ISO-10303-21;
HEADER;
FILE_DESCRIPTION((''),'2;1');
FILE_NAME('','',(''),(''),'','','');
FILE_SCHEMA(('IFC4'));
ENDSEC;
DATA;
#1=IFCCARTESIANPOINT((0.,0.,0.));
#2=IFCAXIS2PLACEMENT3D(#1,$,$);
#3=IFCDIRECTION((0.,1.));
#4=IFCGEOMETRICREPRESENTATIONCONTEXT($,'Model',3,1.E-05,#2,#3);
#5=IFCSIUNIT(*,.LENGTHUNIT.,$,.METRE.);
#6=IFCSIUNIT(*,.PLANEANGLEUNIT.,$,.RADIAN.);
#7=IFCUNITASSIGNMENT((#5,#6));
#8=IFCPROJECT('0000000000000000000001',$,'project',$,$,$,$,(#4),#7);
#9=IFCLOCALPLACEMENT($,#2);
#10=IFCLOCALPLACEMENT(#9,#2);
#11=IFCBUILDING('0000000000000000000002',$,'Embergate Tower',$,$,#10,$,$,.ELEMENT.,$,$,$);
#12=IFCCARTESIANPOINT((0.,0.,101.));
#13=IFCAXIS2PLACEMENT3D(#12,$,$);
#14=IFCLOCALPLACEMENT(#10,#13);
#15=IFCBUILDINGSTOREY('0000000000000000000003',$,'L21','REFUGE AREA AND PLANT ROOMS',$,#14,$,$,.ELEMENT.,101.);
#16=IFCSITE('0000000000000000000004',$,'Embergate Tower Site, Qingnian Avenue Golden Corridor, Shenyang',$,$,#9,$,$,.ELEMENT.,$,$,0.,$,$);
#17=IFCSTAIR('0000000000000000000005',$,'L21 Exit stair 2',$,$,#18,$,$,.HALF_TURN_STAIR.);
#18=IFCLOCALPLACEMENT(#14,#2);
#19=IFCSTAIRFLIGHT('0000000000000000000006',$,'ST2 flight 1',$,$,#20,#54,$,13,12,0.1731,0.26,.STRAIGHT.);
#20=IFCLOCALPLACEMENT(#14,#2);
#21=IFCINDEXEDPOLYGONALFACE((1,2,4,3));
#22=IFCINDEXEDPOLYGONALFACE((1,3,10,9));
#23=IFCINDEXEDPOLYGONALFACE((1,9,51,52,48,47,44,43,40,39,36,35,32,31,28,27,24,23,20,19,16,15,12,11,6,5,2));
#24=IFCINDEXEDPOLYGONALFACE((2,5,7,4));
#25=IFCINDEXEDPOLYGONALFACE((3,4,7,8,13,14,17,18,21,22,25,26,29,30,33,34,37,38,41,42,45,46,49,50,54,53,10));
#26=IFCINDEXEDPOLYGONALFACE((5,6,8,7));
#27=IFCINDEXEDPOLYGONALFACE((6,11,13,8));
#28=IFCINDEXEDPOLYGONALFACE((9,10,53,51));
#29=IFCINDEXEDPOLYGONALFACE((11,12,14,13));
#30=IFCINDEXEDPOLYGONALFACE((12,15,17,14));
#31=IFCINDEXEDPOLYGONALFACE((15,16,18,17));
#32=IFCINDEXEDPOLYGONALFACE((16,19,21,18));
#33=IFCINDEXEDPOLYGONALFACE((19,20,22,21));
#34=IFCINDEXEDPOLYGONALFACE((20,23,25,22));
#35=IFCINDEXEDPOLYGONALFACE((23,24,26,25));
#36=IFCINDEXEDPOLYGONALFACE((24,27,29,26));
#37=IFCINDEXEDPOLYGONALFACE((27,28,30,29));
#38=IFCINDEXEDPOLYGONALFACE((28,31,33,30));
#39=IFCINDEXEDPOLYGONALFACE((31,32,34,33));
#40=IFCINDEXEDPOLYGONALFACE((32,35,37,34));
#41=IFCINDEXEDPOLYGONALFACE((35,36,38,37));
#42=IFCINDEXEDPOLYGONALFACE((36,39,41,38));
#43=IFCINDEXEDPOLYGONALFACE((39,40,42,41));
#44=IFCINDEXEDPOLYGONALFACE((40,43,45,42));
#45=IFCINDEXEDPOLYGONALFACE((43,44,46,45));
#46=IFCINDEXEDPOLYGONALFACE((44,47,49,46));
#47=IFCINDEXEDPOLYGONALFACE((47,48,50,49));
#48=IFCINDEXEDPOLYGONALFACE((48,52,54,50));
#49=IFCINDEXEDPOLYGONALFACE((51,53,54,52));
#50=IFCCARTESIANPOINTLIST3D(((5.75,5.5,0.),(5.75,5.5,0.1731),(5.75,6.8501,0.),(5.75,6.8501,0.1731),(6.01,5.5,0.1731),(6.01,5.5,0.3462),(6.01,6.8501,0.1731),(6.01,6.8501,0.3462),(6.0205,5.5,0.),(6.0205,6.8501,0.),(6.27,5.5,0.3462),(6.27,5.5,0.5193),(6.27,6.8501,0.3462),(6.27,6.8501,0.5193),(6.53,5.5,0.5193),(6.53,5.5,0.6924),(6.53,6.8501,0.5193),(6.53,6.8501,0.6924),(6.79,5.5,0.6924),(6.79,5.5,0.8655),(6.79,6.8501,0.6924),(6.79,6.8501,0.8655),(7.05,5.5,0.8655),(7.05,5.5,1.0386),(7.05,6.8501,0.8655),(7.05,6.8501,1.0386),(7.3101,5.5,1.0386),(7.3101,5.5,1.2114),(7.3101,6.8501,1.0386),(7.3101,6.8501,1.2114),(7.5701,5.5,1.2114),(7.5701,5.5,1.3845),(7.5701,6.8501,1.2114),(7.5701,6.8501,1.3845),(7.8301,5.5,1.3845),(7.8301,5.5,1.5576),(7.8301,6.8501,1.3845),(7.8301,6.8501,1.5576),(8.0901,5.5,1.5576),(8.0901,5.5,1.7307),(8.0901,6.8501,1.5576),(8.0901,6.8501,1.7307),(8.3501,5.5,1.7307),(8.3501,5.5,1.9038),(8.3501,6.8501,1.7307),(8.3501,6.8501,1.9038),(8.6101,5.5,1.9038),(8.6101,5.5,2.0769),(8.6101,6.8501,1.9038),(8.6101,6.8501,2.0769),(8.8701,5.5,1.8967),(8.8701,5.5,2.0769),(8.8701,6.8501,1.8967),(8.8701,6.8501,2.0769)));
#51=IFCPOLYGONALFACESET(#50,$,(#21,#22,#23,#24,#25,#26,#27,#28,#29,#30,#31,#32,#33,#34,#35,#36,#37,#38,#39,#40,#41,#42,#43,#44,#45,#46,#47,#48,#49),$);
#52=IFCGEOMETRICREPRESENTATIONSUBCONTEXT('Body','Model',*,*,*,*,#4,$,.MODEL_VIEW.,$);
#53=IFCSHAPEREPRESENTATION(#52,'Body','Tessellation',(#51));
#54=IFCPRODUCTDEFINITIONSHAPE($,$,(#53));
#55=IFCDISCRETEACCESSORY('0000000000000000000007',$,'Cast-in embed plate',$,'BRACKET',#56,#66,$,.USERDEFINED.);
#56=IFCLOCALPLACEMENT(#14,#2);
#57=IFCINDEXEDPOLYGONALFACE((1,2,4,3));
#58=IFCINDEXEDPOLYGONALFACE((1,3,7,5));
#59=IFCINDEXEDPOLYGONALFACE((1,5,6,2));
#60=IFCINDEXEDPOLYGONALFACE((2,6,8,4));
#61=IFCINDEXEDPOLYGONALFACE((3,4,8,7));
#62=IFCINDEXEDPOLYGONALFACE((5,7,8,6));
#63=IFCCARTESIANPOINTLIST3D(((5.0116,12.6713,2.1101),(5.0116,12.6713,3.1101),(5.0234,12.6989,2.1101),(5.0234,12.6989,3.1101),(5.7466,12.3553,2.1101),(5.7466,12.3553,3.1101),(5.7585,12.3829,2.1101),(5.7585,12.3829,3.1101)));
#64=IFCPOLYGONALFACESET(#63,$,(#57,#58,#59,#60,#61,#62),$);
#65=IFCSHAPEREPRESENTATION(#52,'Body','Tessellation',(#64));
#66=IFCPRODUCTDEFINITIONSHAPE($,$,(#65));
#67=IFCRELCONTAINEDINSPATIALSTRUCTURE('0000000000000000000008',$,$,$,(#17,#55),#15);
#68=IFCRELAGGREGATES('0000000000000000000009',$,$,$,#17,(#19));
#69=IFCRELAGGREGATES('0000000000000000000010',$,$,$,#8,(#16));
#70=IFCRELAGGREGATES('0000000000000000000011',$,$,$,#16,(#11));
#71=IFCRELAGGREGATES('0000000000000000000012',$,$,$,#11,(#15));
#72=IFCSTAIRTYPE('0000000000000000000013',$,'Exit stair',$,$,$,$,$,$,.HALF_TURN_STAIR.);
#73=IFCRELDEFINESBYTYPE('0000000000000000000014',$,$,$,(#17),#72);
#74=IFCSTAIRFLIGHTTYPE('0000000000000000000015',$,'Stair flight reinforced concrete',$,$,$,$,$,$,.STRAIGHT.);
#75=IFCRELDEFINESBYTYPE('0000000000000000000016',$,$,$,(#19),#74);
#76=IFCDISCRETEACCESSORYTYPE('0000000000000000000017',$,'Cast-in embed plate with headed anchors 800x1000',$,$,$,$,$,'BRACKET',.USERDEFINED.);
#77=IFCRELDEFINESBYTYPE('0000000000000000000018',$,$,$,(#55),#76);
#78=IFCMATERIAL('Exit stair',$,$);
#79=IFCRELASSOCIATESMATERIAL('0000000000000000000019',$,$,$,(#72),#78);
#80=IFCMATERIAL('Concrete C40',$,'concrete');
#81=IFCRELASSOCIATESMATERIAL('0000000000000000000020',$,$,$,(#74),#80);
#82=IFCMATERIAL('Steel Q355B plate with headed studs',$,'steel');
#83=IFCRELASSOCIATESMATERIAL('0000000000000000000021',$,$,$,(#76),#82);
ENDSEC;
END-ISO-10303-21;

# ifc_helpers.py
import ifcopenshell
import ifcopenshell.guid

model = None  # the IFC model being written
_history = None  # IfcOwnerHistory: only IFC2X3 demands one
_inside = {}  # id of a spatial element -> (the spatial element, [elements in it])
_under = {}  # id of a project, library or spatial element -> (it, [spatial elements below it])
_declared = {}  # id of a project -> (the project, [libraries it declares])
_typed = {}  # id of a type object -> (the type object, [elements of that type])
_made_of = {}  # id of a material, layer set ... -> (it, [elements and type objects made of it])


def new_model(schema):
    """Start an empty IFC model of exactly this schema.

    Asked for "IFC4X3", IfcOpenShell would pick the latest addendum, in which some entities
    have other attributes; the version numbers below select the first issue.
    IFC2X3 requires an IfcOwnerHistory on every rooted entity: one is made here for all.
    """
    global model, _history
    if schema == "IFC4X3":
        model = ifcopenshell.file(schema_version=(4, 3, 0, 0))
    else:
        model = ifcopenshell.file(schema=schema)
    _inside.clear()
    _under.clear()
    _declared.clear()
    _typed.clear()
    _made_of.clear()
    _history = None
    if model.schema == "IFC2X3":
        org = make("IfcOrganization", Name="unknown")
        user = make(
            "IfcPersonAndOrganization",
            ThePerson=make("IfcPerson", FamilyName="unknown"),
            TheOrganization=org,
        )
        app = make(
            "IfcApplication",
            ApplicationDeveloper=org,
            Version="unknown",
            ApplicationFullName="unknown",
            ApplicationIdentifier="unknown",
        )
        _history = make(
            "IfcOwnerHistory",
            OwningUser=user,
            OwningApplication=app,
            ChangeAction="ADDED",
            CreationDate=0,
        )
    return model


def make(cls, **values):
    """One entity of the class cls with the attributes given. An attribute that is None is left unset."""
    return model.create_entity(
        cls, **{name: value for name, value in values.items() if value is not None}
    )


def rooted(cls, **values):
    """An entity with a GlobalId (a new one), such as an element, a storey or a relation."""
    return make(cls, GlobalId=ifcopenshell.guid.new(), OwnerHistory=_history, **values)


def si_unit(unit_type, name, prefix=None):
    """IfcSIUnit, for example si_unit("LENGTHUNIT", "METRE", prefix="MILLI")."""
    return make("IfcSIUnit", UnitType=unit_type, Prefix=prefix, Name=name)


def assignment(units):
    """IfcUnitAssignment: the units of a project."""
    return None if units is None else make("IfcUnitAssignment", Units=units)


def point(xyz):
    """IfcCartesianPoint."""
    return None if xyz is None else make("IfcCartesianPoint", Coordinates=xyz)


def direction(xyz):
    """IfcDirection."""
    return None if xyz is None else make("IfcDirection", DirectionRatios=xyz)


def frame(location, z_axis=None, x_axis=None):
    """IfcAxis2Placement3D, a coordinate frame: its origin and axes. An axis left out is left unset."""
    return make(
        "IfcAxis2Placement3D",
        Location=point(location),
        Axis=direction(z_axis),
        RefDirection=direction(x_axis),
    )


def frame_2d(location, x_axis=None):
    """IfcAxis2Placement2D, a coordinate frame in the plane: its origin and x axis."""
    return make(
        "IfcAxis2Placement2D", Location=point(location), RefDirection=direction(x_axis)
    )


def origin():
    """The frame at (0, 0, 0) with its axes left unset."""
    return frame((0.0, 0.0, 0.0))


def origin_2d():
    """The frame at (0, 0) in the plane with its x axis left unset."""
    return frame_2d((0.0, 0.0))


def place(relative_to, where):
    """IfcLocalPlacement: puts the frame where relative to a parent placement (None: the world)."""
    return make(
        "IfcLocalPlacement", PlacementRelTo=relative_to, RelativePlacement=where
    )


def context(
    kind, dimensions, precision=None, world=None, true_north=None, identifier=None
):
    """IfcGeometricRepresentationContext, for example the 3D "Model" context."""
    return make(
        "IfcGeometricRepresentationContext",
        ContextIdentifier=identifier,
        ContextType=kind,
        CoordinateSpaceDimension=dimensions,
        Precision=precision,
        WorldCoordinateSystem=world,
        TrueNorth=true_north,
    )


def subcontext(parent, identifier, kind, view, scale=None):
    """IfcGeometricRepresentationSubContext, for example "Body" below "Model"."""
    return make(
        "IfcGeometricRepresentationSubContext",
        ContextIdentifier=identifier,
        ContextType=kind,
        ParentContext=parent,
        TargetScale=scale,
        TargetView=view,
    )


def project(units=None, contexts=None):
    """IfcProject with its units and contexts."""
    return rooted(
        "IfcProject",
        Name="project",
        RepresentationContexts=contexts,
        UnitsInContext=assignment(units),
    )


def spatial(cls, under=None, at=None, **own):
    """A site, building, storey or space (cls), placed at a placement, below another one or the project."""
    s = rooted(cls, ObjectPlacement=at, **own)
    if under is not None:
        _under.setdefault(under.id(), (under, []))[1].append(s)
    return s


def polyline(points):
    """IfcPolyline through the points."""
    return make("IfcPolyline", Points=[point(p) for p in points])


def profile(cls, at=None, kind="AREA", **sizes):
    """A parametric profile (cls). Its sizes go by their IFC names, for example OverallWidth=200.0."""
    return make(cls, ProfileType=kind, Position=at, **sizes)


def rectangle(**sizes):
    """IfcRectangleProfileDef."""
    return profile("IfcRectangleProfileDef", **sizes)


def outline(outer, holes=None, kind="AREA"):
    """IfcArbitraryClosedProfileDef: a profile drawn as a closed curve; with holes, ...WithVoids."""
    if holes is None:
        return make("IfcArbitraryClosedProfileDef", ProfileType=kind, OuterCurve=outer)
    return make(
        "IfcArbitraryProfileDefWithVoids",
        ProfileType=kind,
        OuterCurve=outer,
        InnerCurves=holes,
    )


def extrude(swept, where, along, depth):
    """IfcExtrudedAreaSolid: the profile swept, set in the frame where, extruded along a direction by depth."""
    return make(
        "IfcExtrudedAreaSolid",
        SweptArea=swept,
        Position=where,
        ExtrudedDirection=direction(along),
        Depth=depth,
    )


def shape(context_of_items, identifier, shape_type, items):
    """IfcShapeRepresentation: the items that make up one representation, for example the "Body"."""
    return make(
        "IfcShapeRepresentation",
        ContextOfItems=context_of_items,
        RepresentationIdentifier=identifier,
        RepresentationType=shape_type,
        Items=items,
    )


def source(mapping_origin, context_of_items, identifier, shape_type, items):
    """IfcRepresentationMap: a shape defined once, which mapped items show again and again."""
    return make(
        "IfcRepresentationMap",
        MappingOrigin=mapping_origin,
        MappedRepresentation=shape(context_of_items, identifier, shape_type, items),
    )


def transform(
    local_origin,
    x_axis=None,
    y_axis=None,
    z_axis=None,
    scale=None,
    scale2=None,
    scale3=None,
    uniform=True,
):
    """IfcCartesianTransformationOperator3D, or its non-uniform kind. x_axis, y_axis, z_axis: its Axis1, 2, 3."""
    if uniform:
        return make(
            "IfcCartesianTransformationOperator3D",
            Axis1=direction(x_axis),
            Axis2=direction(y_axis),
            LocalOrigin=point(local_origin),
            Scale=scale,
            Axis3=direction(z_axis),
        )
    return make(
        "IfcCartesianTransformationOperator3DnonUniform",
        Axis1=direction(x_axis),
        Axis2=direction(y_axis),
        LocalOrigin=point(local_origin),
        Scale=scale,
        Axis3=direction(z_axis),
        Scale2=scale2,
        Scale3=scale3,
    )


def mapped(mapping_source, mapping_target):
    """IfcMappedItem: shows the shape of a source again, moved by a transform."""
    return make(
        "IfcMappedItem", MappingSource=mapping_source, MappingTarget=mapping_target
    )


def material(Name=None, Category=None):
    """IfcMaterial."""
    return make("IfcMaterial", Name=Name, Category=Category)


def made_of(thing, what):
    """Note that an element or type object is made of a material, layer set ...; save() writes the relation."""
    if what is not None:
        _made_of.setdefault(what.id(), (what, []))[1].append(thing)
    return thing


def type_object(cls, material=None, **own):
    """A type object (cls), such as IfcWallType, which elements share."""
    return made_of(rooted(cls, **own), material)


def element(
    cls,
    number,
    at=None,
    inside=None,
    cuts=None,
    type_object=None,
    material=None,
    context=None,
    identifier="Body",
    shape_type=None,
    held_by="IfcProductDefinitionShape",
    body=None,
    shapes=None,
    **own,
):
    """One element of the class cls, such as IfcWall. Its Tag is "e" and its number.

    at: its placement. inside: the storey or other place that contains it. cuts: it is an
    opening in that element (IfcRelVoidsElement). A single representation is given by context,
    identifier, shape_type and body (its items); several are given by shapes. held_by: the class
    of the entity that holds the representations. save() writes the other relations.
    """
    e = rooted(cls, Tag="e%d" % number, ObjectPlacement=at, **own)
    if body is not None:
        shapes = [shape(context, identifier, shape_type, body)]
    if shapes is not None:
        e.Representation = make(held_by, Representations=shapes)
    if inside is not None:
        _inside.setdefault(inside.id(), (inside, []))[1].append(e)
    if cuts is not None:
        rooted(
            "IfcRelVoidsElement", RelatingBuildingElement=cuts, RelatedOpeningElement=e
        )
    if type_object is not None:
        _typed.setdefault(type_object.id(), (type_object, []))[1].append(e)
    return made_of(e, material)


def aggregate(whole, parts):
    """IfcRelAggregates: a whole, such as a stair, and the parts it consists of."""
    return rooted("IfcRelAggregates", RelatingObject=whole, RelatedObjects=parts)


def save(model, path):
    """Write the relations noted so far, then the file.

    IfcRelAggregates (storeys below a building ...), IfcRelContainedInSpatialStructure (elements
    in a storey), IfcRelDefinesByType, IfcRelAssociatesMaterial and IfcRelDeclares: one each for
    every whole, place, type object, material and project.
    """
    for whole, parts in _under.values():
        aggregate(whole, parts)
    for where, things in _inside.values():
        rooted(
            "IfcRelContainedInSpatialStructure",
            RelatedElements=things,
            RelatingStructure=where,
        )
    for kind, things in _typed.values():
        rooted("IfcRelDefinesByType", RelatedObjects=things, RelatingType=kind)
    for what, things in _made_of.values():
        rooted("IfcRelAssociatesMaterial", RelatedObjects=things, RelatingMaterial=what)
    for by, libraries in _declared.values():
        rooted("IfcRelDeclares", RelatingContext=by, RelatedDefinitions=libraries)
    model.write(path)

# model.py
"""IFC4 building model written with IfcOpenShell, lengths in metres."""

from ifc_helpers import new_model, si_unit, direction, frame, origin, origin_2d, place, context, subcontext, project, spatial, polyline, rectangle, outline, extrude, source, transform, mapped, material, type_object, element, aggregate, save


model = new_model("IFC4")

# Units and contexts
model_context = context("Model", 3, precision=1e-05, world=origin(), true_north=direction((0.0, 1.0)))
body_context = subcontext(model_context, "Body", "Model", "MODEL_VIEW")
ifc_project = project(units=[si_unit("LENGTHUNIT", "METRE"), si_unit("PLANEANGLEUNIT", "RADIAN")], contexts=[model_context])

# Site, building, storey
site_placement = place(None, origin())
site = spatial("IfcSite", under=ifc_project, at=site_placement, Name="Embergate Tower Site, Qingnian Avenue Golden Corridor, Shenyang", CompositionType="ELEMENT", RefElevation=0.0)
building_placement = place(site_placement, origin())
building = spatial("IfcBuilding", under=site, at=building_placement, Name="Embergate Tower", CompositionType="ELEMENT")
storey_placement = place(building_placement, frame((0.0, 0.0, 101.0)))
storey = spatial("IfcBuildingStorey", under=building, at=storey_placement, Name="L21", Description="REFUGE AREA AND PLANT ROOMS", CompositionType="ELEMENT", Elevation=101.0)

# Stair, stair flight
ifc_material_1 = material(Name="Exit stair")
stair_type = type_object("IfcStairType", Name="Exit stair", PredefinedType="HALF_TURN_STAIR", material=ifc_material_1)
stair_placement = place(storey_placement, origin())
stair = element("IfcStair", 1, at=stair_placement, inside=storey, type_object=stair_type, Name="L21 Exit stair 2", PredefinedType="HALF_TURN_STAIR")
ifc_material_2 = material(Name="Concrete C40", Category="concrete")
stair_flight_type = type_object("IfcStairFlightType", Name="Stair flight reinforced concrete", PredefinedType="STRAIGHT", material=ifc_material_2)
shared_shape_1 = source(origin(), body_context, "Body", "SweptSolid", [
    extrude(outline(polyline([(0.0, 0.0), (0.0, 0.1731), (0.26, 0.1731), (0.26, 0.3462), (0.52, 0.3462), (0.52, 0.5193), (0.78, 0.5193), (0.78, 0.6924), (1.04, 0.6924), (1.04, 0.8655), (1.3, 0.8655), (1.3, 1.0386), (1.5601, 1.0386), (1.5601, 1.2114), (1.8201, 1.2114), (1.8201, 1.3845), (2.0801, 1.3845), (2.0801, 1.5576), (2.3401, 1.5576), (2.3401, 1.7307), (2.6001, 1.7307), (2.6001, 1.9038), (2.8601, 1.9038), (2.8601, 2.0769), (3.1201, 2.0769), (3.1201, 2.25), (3.1201, 1.8967), (0.2705, 0.0), (0.0, 0.0)])), frame((0.0, 0.675, 0.0), z_axis=(0.0, -1.0, 0.0), x_axis=(1.0, 0.0, 0.0)), (0.0, 0.0, 1.0), 1.3501),
])
stair_flight_placement = place(storey_placement, frame((5.75, 6.175, 0.0), z_axis=(0.0, 0.0, 1.0), x_axis=(1.0, 0.0, 0.0)))
stair_flight = element("IfcStairFlight", 2, at=stair_flight_placement, type_object=stair_flight_type, Name="ST2 flight 1", NumberOfRisers=13, NumberOfTreads=12, PredefinedType="STRAIGHT", RiserHeight=0.1731, TreadLength=0.26, context=body_context, shape_type="MappedRepresentation", body=[
    mapped(shared_shape_1, transform((0.0, 0.0, 0.0))),
])
aggregate(stair, [stair_flight])

# Discrete accessory
ifc_material_3 = material(Name="Steel Q355B plate with headed studs", Category="steel")
discrete_accessory_type = type_object("IfcDiscreteAccessoryType", Name="Cast-in embed plate with headed anchors 800x1000", ElementType="BRACKET", PredefinedType="USERDEFINED", material=ifc_material_3)
shared_shape_2 = source(origin(), body_context, "Body", "SweptSolid", [
    extrude(rectangle(XDim=0.03, YDim=0.8, at=origin_2d()), origin(), (0.0, 0.0, 1.0), 1.0),
])
discrete_accessory_placement = place(storey_placement, frame((5.385, 12.5271, 2.1101), z_axis=(0.0, 0.0, 1.0), x_axis=(0.394872, 0.918736, 0.0)))
element("IfcDiscreteAccessory", 3, at=discrete_accessory_placement, inside=storey, type_object=discrete_accessory_type, Name="Cast-in embed plate", ObjectType="BRACKET", PredefinedType="USERDEFINED", context=body_context, shape_type="MappedRepresentation", body=[
    mapped(shared_shape_2, transform((0.0, 0.0, 0.0))),
])

save(model, "model.ifc")
